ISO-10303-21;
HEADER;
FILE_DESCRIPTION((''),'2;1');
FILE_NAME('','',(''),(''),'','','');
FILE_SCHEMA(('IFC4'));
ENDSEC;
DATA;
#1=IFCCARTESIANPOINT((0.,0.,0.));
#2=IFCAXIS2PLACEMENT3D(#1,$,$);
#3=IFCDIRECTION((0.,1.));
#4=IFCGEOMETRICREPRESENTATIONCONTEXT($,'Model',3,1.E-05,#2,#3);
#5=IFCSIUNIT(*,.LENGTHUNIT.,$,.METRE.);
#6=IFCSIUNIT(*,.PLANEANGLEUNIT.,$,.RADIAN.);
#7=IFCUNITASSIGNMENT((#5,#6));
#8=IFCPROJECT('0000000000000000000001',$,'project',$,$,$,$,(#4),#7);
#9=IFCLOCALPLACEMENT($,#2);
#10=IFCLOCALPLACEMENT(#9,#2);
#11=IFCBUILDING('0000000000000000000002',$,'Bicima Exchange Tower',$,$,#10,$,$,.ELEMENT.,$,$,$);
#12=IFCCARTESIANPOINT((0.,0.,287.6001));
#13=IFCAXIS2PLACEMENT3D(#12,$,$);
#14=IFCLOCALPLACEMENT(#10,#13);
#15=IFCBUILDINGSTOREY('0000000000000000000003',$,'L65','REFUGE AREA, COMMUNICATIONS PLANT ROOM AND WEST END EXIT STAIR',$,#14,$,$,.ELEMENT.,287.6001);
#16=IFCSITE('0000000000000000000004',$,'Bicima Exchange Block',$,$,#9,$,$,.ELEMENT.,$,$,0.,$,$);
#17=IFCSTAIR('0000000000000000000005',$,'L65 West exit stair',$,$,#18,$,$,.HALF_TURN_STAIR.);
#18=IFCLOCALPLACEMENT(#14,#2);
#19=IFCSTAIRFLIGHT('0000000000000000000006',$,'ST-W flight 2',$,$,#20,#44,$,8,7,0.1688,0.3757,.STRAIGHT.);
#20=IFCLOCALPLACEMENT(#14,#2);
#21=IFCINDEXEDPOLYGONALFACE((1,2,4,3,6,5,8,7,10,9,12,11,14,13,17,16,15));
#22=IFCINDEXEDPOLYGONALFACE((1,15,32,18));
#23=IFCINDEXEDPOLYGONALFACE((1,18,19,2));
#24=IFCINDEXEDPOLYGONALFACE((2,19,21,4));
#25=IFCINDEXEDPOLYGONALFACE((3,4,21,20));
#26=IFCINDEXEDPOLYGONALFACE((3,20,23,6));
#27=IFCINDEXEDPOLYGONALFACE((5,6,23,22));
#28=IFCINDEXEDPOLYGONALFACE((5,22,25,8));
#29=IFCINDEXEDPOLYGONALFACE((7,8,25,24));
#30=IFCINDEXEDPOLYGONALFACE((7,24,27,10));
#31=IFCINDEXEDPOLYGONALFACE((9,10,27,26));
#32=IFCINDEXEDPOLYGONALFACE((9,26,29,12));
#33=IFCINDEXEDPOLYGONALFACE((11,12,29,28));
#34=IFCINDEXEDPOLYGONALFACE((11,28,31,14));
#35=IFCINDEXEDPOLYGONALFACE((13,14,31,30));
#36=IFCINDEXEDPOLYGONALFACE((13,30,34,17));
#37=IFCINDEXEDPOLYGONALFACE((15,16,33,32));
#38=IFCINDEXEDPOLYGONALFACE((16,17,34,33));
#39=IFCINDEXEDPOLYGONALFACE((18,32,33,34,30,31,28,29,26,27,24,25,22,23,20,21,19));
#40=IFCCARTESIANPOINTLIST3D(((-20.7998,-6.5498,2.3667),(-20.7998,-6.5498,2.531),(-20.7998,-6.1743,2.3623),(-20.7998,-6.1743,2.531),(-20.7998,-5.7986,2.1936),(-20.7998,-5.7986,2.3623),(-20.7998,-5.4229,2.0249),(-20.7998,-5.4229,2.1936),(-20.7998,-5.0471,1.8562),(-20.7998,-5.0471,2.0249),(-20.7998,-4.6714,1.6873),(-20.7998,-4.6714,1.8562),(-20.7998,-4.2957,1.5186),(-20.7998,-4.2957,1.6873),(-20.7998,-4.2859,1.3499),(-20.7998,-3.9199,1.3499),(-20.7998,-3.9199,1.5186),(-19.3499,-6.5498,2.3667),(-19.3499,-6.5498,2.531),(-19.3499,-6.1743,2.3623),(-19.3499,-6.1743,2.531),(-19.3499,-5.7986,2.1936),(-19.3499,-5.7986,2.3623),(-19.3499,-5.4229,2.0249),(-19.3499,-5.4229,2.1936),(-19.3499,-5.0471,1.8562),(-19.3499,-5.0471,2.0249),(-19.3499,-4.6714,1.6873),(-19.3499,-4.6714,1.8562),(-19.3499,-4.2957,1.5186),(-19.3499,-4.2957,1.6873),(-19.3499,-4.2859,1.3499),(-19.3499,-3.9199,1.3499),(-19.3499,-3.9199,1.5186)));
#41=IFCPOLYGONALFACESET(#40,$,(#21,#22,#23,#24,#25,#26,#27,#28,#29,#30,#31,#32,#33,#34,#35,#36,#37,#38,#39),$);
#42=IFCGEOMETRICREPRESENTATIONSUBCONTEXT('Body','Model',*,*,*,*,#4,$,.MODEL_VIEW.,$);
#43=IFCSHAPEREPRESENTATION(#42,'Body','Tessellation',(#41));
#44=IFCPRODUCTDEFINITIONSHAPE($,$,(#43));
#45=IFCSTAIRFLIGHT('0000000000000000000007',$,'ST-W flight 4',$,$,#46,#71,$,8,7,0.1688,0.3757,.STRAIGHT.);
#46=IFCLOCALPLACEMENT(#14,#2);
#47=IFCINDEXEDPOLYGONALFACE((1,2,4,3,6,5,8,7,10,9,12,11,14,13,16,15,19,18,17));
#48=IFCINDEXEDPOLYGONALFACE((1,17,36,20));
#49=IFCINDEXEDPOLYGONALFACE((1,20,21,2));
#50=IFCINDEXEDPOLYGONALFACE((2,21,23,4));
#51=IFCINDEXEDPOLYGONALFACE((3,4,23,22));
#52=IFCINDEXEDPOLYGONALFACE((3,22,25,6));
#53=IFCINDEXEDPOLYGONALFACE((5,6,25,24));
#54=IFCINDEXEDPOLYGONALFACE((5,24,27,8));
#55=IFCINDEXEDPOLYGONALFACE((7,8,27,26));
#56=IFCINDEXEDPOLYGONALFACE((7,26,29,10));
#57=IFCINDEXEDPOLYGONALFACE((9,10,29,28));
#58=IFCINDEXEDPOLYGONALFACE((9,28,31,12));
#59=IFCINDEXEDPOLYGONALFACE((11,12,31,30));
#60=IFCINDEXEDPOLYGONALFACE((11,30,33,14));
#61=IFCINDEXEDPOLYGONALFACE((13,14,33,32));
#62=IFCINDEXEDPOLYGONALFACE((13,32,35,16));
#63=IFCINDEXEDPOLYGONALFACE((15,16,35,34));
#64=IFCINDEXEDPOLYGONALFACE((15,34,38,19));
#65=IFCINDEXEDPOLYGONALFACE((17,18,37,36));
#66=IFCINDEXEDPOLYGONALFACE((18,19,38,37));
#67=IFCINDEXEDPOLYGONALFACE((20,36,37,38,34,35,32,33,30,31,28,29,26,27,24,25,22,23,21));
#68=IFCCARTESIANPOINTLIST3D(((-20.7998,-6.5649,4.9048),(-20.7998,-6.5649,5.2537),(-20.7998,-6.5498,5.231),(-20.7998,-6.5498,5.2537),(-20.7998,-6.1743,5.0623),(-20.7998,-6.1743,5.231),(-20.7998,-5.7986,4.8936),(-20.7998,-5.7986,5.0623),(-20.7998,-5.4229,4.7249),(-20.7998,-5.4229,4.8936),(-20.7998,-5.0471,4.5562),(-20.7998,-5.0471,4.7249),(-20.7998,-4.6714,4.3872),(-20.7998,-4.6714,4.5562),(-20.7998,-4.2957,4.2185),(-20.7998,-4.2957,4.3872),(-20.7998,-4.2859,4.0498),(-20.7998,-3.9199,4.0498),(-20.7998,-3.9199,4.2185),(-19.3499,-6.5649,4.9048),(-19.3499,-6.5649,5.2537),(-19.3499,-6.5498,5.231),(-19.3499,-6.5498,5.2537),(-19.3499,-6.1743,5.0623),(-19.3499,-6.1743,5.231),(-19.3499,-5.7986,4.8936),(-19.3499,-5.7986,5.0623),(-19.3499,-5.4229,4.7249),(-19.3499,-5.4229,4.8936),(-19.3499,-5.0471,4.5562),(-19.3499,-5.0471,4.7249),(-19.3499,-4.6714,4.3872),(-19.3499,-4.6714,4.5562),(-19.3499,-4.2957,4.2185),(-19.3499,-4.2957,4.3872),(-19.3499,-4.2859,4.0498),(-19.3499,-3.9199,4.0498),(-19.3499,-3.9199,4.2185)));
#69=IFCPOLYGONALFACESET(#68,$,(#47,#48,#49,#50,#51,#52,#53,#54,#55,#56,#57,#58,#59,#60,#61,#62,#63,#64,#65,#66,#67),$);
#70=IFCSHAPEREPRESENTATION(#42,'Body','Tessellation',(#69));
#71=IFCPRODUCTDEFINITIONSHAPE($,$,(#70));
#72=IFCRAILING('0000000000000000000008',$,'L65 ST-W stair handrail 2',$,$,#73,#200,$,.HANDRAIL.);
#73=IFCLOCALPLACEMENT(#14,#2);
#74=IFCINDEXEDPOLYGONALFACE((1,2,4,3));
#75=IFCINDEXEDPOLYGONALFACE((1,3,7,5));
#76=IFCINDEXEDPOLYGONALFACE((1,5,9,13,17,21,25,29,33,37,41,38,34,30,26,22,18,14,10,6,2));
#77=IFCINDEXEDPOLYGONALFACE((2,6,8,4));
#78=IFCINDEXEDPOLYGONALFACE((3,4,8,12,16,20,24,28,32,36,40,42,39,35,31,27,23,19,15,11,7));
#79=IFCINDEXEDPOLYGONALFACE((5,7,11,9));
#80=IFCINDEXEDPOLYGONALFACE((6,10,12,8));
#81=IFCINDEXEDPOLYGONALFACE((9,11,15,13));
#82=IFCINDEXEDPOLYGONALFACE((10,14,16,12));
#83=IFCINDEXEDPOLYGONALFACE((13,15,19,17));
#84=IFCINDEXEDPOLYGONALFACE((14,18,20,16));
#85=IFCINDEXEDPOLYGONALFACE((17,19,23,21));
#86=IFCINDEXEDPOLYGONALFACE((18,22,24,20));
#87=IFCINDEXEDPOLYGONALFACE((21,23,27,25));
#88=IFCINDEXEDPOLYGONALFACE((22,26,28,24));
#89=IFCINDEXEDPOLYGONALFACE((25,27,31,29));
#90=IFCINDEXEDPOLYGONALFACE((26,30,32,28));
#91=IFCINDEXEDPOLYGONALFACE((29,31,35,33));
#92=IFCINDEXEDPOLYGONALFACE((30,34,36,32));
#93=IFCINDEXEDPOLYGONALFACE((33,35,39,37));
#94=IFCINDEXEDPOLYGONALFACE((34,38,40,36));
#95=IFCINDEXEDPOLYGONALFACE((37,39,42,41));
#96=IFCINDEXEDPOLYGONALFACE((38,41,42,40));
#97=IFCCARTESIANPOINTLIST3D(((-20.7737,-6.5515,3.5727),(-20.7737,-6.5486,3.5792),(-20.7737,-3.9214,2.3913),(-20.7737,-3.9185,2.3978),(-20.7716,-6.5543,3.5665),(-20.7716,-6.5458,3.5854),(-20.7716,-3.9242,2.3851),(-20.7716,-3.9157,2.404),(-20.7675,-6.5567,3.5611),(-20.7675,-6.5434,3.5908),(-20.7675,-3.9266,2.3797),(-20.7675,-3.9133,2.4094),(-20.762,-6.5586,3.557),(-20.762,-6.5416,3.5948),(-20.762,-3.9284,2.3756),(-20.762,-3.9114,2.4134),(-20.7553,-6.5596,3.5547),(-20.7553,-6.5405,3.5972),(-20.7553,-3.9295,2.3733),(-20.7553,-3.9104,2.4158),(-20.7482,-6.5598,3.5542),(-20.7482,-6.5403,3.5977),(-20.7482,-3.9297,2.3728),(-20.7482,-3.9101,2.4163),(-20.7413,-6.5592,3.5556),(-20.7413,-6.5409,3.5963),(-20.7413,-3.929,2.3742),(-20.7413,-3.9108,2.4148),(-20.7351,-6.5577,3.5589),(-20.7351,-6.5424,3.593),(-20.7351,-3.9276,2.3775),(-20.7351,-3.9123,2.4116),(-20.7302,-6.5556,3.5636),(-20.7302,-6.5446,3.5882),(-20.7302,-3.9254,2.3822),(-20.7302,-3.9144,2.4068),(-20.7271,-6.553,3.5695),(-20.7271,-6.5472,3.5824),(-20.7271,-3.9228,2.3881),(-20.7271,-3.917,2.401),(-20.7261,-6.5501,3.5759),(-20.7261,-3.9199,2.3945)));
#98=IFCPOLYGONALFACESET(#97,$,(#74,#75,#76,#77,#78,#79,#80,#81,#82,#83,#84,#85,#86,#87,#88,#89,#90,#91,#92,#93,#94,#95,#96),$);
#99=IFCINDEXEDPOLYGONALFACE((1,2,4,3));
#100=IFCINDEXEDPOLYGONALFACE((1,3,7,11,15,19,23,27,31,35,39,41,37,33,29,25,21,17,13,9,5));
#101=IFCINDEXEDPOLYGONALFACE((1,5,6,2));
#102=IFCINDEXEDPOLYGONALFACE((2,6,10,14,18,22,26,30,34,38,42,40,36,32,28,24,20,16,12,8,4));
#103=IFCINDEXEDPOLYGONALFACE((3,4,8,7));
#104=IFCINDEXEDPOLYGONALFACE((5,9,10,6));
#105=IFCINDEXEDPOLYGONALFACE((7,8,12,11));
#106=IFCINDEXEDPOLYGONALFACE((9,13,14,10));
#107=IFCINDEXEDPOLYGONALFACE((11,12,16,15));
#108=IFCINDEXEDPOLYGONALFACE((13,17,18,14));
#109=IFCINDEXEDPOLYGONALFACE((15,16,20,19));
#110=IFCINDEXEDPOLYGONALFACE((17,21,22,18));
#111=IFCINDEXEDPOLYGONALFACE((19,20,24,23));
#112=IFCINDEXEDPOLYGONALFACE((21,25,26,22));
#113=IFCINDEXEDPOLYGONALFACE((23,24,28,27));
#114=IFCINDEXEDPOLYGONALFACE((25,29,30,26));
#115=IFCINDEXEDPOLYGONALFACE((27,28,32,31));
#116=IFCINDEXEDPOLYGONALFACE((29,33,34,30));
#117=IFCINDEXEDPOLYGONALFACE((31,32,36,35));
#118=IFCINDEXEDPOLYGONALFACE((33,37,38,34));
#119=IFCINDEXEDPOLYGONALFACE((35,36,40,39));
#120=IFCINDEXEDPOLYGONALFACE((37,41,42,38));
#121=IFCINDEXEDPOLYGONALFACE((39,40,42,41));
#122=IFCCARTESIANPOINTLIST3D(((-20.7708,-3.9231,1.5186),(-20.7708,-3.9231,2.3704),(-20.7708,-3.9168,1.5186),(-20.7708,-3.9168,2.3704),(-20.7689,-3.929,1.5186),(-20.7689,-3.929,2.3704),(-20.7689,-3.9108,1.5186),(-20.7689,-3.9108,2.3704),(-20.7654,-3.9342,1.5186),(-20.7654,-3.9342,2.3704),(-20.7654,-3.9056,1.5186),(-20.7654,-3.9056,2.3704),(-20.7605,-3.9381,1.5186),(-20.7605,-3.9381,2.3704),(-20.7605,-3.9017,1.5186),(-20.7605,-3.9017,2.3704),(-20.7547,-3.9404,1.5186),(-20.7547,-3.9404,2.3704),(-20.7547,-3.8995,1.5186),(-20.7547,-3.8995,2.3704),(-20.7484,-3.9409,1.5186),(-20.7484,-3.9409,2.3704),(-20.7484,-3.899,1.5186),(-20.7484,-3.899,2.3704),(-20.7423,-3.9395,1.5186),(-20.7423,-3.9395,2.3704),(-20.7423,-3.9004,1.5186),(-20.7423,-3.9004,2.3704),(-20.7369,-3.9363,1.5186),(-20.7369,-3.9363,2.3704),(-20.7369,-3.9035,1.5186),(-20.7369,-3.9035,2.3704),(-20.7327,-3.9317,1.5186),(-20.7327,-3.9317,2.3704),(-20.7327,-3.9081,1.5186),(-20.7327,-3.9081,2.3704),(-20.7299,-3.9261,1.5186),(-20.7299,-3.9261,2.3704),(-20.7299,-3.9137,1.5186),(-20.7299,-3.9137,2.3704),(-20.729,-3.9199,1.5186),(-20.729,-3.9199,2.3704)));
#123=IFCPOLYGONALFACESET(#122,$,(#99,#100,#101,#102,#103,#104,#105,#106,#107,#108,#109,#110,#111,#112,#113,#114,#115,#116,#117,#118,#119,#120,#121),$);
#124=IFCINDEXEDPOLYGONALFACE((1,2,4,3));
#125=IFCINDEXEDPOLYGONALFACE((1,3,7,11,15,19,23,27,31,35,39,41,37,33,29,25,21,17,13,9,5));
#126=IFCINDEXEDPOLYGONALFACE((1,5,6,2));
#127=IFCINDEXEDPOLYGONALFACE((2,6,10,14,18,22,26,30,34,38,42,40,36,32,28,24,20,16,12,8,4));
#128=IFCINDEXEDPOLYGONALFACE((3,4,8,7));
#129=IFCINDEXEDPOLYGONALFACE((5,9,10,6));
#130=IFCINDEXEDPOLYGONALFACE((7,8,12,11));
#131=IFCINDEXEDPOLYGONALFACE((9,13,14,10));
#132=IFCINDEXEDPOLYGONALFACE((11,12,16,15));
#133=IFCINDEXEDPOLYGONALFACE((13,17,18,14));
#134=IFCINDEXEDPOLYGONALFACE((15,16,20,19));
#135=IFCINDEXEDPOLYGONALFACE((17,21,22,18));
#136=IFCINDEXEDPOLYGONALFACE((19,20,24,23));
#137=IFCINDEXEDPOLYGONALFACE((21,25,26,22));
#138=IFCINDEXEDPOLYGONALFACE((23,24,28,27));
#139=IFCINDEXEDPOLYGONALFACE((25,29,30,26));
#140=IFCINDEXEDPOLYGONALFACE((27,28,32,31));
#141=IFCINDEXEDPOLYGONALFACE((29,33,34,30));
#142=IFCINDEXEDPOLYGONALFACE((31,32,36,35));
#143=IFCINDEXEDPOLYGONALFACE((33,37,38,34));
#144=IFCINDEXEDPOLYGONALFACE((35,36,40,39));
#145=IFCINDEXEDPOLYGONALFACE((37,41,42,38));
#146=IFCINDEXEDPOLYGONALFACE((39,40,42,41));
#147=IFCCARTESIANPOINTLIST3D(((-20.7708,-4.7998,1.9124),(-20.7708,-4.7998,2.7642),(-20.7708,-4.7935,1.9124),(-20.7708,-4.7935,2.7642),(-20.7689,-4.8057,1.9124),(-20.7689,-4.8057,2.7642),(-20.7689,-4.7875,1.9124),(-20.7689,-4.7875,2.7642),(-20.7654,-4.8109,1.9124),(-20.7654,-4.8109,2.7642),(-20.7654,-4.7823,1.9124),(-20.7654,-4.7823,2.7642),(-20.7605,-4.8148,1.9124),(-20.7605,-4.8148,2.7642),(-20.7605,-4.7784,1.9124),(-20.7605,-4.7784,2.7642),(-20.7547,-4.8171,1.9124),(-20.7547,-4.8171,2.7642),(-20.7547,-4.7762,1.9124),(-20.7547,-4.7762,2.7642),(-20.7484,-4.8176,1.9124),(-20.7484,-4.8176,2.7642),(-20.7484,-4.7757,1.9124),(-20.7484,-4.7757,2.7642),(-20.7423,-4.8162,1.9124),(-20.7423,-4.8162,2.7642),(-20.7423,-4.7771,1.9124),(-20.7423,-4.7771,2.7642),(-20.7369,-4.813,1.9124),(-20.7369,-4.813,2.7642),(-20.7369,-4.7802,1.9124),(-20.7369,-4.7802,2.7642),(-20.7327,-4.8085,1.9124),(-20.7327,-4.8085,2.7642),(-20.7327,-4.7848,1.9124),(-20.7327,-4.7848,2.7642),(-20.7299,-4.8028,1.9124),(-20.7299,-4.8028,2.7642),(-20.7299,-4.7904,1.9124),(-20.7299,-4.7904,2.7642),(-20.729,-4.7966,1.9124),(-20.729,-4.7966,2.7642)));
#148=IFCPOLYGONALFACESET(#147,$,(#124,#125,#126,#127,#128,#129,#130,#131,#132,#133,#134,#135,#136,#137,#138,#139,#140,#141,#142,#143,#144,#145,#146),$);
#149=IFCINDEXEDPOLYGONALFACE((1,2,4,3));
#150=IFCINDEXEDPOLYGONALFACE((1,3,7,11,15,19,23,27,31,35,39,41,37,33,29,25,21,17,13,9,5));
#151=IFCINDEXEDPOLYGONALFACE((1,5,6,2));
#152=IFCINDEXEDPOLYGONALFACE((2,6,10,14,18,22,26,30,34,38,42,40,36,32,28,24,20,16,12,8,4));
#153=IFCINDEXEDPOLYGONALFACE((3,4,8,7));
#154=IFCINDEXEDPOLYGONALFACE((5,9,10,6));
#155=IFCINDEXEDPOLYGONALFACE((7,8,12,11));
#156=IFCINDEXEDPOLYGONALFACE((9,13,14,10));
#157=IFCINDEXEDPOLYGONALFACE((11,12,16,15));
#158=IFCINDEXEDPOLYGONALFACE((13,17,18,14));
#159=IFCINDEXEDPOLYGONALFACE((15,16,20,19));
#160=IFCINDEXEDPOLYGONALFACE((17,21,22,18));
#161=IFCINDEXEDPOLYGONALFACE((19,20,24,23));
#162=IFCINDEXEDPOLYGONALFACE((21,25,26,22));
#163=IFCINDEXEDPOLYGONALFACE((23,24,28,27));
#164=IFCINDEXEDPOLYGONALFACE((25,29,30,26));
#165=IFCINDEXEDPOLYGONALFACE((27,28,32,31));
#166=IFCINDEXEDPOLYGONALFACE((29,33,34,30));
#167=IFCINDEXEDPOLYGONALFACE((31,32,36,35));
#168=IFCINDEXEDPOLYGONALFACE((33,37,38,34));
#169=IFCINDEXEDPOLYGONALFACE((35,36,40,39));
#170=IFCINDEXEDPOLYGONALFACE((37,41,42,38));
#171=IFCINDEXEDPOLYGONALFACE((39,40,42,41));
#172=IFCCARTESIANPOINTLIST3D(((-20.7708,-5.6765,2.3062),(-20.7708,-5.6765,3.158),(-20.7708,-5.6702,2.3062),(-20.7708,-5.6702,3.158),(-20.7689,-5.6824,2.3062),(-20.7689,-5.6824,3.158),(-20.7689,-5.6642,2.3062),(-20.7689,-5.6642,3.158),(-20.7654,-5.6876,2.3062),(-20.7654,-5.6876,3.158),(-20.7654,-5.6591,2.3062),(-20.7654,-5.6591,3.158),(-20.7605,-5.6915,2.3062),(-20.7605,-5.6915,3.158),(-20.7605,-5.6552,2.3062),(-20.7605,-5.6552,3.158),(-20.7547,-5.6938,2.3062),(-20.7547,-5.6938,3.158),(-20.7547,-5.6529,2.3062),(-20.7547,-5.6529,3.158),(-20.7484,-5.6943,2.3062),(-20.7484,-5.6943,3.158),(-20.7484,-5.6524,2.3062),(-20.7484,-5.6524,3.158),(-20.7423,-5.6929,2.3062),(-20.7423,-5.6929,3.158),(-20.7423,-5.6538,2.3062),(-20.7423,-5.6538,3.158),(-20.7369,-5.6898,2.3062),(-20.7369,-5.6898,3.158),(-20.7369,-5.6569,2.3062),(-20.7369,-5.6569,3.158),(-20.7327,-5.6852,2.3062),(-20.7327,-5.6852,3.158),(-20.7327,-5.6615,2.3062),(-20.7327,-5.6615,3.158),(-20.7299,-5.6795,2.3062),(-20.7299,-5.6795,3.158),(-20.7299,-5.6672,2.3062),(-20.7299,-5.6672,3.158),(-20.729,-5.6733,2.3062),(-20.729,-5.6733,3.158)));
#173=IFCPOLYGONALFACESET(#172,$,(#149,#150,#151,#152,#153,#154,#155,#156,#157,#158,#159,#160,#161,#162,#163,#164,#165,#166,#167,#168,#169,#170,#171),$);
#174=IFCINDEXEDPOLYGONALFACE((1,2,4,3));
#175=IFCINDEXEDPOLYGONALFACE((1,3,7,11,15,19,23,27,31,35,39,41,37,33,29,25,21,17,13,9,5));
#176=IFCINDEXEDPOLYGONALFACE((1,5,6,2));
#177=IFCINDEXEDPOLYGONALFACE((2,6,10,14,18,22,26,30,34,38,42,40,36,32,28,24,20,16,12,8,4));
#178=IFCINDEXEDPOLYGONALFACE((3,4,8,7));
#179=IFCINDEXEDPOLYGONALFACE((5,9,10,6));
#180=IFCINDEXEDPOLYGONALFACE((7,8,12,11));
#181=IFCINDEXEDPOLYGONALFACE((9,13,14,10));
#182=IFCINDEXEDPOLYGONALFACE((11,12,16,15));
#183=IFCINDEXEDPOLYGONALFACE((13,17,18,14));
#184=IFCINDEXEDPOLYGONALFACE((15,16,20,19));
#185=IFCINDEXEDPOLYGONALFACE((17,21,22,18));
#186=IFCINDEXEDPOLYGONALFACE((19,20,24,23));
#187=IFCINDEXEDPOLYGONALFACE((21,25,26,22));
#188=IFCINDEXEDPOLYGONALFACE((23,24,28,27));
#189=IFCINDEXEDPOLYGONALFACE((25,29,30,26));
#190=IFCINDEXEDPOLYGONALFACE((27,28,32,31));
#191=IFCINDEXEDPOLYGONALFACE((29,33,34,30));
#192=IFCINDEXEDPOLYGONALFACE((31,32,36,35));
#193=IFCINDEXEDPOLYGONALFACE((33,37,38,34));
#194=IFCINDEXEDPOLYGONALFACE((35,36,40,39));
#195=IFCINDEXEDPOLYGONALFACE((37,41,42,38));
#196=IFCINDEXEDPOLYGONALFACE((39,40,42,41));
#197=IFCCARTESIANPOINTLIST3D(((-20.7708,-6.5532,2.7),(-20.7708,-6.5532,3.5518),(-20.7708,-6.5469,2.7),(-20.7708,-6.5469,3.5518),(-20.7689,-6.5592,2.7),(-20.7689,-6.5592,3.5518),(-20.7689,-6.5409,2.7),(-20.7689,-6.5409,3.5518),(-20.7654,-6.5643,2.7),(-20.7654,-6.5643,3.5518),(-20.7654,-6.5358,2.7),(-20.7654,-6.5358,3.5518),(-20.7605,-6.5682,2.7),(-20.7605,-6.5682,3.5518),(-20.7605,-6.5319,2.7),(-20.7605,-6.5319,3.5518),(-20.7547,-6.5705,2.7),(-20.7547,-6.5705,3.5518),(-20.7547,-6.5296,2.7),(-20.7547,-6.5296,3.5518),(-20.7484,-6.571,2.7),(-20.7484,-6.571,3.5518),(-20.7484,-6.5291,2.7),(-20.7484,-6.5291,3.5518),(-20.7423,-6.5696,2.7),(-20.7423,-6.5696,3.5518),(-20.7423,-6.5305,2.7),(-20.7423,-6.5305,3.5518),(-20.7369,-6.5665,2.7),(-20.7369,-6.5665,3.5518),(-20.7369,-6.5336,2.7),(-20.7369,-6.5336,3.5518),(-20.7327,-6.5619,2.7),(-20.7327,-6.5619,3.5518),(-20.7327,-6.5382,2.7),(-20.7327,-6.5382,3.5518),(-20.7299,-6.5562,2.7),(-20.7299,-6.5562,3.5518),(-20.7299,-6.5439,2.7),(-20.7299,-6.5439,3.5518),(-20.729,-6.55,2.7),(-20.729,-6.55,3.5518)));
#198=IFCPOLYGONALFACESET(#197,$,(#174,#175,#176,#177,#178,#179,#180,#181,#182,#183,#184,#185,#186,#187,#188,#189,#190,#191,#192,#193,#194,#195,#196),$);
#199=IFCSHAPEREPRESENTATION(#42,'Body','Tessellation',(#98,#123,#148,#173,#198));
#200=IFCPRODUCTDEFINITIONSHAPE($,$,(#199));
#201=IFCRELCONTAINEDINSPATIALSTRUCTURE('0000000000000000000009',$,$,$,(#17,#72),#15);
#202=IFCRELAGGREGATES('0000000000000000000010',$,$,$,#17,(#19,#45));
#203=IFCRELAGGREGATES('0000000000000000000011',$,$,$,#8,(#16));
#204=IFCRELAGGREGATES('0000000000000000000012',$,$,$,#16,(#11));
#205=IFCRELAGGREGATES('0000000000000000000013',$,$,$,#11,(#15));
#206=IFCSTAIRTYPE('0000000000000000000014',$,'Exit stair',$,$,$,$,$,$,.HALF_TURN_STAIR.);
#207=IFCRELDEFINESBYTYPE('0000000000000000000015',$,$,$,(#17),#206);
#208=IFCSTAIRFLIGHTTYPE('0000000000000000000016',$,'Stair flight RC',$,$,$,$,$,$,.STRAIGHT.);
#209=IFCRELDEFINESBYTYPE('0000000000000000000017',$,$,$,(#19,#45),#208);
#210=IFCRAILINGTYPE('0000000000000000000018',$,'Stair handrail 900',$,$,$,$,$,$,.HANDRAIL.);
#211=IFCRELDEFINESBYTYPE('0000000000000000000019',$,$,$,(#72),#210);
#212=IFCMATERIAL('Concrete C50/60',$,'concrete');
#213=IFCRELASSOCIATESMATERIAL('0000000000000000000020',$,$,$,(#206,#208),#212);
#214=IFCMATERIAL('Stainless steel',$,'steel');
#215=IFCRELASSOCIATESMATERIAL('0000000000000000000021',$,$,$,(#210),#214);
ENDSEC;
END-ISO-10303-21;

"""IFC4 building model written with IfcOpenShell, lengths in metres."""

from ifc_helpers import new_model, si_unit, direction, frame, origin, origin_2d, place, context, subcontext, project, spatial, polyline, circle, outline, extrude, material, type_object, element, aggregate, save


model = new_model("IFC4")

# Units and contexts
model_context = context("Model", 3, precision=1e-05, world=origin(), true_north=direction((0.0, 1.0)))
body_context = subcontext(model_context, "Body", "Model", "MODEL_VIEW")
ifc_project = project(units=[si_unit("LENGTHUNIT", "METRE"), si_unit("PLANEANGLEUNIT", "RADIAN")], contexts=[model_context])

# Site, building, storey
site_placement = place(None, origin())
site = spatial("IfcSite", under=ifc_project, at=site_placement, Name="Bicima Exchange Block", CompositionType="ELEMENT", RefElevation=0.0)
building_placement = place(site_placement, origin())
building = spatial("IfcBuilding", under=site, at=building_placement, Name="Bicima Exchange Tower", CompositionType="ELEMENT")
storey_placement = place(building_placement, frame((0.0, 0.0, 287.6001)))
storey = spatial("IfcBuildingStorey", under=building, at=storey_placement, Name="L65", Description="REFUGE AREA, COMMUNICATIONS PLANT ROOM AND WEST END EXIT STAIR", CompositionType="ELEMENT", Elevation=287.6001)

# Stair, stair flights
ifc_material_1 = material(Name="Concrete C50/60", Category="concrete")
stair_type = type_object("IfcStairType", Name="Exit stair", PredefinedType="HALF_TURN_STAIR", material=ifc_material_1)
stair_placement = place(storey_placement, origin())
stair = element("IfcStair", 1, at=stair_placement, inside=storey, type_object=stair_type, Name="L65 West exit stair", PredefinedType="HALF_TURN_STAIR")
stair_flight_type = type_object("IfcStairFlightType", Name="Stair flight RC", PredefinedType="STRAIGHT", material=ifc_material_1)
stair_flight_1_placement = place(storey_placement, frame((-20.075, -3.9199, 1.3499), z_axis=(0.0, 0.0, 1.0), x_axis=(0.0, -1.0, 0.0)))
stair_flight_1 = element("IfcStairFlight", 2, at=stair_flight_1_placement, type_object=stair_flight_type, Name="ST-W flight 2", NumberOfRisers=8, NumberOfTreads=7, PredefinedType="STRAIGHT", RiserHeight=0.1688, TreadLength=0.3757, context=body_context, shape_type="SweptSolid", body=[
    extrude(outline(polyline([(0.0, 0.0), (0.0, 0.1687), (0.3757, 0.1687), (0.3757, 0.3374), (0.7515, 0.3374), (0.7515, 0.5063), (1.1272, 0.5063), (1.1272, 0.675), (1.5029, 0.675), (1.5029, 0.8438), (1.8787, 0.8438), (1.8787, 1.0125), (2.2544, 1.0125), (2.2544, 1.1812), (2.6299, 1.1812), (2.6299, 1.3501), (2.6299, 1.0168), (0.366, 0.0), (0.0, 0.0)])), frame((0.0, 0.7251, 0.0), z_axis=(0.0, -1.0, 0.0), x_axis=(1.0, 0.0, 0.0)), (0.0, 0.0, 1.0), 1.45),
])
stair_flight_2_placement = place(storey_placement, frame((-20.075, -3.9199, 4.0498), z_axis=(0.0, 0.0, 1.0), x_axis=(0.0, -1.0, 0.0)))
stair_flight_2 = element("IfcStairFlight", 3, at=stair_flight_2_placement, type_object=stair_flight_type, Name="ST-W flight 4", NumberOfRisers=8, NumberOfTreads=7, PredefinedType="STRAIGHT", RiserHeight=0.1688, TreadLength=0.3757, context=body_context, shape_type="SweptSolid", body=[
    extrude(outline(polyline([(0.0, 0.0), (0.0, 0.1687), (0.3757, 0.1687), (0.3757, 0.3374), (0.7515, 0.3374), (0.7515, 0.5063), (1.1272, 0.5063), (1.1272, 0.675), (1.5029, 0.675), (1.5029, 0.8438), (1.8787, 0.8438), (1.8787, 1.0125), (2.2544, 1.0125), (2.2544, 1.1812), (2.6299, 1.1812), (2.6299, 1.2039), (2.645, 1.2039), (2.645, 0.855), (0.366, 0.0), (0.0, 0.0)])), frame((0.0, 0.7251, 0.0), z_axis=(0.0, -1.0, 0.0), x_axis=(1.0, 0.0, 0.0)), (0.0, 0.0, 1.0), 1.45),
])
aggregate(stair, [stair_flight_1, stair_flight_2])

# Railing
ifc_material_2 = material(Name="Stainless steel", Category="steel")
railing_type = type_object("IfcRailingType", Name="Stair handrail 900", PredefinedType="HANDRAIL", material=ifc_material_2)
railing_1_placement = place(storey_placement, frame((-20.75, -3.9199, 1.5186)))
element("IfcRailing", 4, at=railing_1_placement, inside=storey, type_object=railing_type, Name="L65 ST-W stair handrail 2", PredefinedType="HANDRAIL", context=body_context, shape_type="SweptSolid", body=[
    extrude(circle(Radius=0.0239, at=origin_2d()), frame((0.0, 0.0, 0.876), z_axis=(0.0, -0.912202, 0.409741), x_axis=(1.0, 0.0, 0.0)), (0.0, 0.0, 1.0), 2.8833),
    extrude(circle(Radius=0.021, at=origin_2d()), origin(), (0.0, 0.0, 1.0), 0.8518),
    extrude(circle(Radius=0.021, at=origin_2d()), frame((0.0, -0.8767, 0.3938)), (0.0, 0.0, 1.0), 0.8518),
    extrude(circle(Radius=0.021, at=origin_2d()), frame((0.0, -1.7534, 0.7876)), (0.0, 0.0, 1.0), 0.8518),
    extrude(circle(Radius=0.021, at=origin_2d()), frame((0.0, -2.6301, 1.1814)), (0.0, 0.0, 1.0), 0.8518),
])

save(model, "model.ifc")
